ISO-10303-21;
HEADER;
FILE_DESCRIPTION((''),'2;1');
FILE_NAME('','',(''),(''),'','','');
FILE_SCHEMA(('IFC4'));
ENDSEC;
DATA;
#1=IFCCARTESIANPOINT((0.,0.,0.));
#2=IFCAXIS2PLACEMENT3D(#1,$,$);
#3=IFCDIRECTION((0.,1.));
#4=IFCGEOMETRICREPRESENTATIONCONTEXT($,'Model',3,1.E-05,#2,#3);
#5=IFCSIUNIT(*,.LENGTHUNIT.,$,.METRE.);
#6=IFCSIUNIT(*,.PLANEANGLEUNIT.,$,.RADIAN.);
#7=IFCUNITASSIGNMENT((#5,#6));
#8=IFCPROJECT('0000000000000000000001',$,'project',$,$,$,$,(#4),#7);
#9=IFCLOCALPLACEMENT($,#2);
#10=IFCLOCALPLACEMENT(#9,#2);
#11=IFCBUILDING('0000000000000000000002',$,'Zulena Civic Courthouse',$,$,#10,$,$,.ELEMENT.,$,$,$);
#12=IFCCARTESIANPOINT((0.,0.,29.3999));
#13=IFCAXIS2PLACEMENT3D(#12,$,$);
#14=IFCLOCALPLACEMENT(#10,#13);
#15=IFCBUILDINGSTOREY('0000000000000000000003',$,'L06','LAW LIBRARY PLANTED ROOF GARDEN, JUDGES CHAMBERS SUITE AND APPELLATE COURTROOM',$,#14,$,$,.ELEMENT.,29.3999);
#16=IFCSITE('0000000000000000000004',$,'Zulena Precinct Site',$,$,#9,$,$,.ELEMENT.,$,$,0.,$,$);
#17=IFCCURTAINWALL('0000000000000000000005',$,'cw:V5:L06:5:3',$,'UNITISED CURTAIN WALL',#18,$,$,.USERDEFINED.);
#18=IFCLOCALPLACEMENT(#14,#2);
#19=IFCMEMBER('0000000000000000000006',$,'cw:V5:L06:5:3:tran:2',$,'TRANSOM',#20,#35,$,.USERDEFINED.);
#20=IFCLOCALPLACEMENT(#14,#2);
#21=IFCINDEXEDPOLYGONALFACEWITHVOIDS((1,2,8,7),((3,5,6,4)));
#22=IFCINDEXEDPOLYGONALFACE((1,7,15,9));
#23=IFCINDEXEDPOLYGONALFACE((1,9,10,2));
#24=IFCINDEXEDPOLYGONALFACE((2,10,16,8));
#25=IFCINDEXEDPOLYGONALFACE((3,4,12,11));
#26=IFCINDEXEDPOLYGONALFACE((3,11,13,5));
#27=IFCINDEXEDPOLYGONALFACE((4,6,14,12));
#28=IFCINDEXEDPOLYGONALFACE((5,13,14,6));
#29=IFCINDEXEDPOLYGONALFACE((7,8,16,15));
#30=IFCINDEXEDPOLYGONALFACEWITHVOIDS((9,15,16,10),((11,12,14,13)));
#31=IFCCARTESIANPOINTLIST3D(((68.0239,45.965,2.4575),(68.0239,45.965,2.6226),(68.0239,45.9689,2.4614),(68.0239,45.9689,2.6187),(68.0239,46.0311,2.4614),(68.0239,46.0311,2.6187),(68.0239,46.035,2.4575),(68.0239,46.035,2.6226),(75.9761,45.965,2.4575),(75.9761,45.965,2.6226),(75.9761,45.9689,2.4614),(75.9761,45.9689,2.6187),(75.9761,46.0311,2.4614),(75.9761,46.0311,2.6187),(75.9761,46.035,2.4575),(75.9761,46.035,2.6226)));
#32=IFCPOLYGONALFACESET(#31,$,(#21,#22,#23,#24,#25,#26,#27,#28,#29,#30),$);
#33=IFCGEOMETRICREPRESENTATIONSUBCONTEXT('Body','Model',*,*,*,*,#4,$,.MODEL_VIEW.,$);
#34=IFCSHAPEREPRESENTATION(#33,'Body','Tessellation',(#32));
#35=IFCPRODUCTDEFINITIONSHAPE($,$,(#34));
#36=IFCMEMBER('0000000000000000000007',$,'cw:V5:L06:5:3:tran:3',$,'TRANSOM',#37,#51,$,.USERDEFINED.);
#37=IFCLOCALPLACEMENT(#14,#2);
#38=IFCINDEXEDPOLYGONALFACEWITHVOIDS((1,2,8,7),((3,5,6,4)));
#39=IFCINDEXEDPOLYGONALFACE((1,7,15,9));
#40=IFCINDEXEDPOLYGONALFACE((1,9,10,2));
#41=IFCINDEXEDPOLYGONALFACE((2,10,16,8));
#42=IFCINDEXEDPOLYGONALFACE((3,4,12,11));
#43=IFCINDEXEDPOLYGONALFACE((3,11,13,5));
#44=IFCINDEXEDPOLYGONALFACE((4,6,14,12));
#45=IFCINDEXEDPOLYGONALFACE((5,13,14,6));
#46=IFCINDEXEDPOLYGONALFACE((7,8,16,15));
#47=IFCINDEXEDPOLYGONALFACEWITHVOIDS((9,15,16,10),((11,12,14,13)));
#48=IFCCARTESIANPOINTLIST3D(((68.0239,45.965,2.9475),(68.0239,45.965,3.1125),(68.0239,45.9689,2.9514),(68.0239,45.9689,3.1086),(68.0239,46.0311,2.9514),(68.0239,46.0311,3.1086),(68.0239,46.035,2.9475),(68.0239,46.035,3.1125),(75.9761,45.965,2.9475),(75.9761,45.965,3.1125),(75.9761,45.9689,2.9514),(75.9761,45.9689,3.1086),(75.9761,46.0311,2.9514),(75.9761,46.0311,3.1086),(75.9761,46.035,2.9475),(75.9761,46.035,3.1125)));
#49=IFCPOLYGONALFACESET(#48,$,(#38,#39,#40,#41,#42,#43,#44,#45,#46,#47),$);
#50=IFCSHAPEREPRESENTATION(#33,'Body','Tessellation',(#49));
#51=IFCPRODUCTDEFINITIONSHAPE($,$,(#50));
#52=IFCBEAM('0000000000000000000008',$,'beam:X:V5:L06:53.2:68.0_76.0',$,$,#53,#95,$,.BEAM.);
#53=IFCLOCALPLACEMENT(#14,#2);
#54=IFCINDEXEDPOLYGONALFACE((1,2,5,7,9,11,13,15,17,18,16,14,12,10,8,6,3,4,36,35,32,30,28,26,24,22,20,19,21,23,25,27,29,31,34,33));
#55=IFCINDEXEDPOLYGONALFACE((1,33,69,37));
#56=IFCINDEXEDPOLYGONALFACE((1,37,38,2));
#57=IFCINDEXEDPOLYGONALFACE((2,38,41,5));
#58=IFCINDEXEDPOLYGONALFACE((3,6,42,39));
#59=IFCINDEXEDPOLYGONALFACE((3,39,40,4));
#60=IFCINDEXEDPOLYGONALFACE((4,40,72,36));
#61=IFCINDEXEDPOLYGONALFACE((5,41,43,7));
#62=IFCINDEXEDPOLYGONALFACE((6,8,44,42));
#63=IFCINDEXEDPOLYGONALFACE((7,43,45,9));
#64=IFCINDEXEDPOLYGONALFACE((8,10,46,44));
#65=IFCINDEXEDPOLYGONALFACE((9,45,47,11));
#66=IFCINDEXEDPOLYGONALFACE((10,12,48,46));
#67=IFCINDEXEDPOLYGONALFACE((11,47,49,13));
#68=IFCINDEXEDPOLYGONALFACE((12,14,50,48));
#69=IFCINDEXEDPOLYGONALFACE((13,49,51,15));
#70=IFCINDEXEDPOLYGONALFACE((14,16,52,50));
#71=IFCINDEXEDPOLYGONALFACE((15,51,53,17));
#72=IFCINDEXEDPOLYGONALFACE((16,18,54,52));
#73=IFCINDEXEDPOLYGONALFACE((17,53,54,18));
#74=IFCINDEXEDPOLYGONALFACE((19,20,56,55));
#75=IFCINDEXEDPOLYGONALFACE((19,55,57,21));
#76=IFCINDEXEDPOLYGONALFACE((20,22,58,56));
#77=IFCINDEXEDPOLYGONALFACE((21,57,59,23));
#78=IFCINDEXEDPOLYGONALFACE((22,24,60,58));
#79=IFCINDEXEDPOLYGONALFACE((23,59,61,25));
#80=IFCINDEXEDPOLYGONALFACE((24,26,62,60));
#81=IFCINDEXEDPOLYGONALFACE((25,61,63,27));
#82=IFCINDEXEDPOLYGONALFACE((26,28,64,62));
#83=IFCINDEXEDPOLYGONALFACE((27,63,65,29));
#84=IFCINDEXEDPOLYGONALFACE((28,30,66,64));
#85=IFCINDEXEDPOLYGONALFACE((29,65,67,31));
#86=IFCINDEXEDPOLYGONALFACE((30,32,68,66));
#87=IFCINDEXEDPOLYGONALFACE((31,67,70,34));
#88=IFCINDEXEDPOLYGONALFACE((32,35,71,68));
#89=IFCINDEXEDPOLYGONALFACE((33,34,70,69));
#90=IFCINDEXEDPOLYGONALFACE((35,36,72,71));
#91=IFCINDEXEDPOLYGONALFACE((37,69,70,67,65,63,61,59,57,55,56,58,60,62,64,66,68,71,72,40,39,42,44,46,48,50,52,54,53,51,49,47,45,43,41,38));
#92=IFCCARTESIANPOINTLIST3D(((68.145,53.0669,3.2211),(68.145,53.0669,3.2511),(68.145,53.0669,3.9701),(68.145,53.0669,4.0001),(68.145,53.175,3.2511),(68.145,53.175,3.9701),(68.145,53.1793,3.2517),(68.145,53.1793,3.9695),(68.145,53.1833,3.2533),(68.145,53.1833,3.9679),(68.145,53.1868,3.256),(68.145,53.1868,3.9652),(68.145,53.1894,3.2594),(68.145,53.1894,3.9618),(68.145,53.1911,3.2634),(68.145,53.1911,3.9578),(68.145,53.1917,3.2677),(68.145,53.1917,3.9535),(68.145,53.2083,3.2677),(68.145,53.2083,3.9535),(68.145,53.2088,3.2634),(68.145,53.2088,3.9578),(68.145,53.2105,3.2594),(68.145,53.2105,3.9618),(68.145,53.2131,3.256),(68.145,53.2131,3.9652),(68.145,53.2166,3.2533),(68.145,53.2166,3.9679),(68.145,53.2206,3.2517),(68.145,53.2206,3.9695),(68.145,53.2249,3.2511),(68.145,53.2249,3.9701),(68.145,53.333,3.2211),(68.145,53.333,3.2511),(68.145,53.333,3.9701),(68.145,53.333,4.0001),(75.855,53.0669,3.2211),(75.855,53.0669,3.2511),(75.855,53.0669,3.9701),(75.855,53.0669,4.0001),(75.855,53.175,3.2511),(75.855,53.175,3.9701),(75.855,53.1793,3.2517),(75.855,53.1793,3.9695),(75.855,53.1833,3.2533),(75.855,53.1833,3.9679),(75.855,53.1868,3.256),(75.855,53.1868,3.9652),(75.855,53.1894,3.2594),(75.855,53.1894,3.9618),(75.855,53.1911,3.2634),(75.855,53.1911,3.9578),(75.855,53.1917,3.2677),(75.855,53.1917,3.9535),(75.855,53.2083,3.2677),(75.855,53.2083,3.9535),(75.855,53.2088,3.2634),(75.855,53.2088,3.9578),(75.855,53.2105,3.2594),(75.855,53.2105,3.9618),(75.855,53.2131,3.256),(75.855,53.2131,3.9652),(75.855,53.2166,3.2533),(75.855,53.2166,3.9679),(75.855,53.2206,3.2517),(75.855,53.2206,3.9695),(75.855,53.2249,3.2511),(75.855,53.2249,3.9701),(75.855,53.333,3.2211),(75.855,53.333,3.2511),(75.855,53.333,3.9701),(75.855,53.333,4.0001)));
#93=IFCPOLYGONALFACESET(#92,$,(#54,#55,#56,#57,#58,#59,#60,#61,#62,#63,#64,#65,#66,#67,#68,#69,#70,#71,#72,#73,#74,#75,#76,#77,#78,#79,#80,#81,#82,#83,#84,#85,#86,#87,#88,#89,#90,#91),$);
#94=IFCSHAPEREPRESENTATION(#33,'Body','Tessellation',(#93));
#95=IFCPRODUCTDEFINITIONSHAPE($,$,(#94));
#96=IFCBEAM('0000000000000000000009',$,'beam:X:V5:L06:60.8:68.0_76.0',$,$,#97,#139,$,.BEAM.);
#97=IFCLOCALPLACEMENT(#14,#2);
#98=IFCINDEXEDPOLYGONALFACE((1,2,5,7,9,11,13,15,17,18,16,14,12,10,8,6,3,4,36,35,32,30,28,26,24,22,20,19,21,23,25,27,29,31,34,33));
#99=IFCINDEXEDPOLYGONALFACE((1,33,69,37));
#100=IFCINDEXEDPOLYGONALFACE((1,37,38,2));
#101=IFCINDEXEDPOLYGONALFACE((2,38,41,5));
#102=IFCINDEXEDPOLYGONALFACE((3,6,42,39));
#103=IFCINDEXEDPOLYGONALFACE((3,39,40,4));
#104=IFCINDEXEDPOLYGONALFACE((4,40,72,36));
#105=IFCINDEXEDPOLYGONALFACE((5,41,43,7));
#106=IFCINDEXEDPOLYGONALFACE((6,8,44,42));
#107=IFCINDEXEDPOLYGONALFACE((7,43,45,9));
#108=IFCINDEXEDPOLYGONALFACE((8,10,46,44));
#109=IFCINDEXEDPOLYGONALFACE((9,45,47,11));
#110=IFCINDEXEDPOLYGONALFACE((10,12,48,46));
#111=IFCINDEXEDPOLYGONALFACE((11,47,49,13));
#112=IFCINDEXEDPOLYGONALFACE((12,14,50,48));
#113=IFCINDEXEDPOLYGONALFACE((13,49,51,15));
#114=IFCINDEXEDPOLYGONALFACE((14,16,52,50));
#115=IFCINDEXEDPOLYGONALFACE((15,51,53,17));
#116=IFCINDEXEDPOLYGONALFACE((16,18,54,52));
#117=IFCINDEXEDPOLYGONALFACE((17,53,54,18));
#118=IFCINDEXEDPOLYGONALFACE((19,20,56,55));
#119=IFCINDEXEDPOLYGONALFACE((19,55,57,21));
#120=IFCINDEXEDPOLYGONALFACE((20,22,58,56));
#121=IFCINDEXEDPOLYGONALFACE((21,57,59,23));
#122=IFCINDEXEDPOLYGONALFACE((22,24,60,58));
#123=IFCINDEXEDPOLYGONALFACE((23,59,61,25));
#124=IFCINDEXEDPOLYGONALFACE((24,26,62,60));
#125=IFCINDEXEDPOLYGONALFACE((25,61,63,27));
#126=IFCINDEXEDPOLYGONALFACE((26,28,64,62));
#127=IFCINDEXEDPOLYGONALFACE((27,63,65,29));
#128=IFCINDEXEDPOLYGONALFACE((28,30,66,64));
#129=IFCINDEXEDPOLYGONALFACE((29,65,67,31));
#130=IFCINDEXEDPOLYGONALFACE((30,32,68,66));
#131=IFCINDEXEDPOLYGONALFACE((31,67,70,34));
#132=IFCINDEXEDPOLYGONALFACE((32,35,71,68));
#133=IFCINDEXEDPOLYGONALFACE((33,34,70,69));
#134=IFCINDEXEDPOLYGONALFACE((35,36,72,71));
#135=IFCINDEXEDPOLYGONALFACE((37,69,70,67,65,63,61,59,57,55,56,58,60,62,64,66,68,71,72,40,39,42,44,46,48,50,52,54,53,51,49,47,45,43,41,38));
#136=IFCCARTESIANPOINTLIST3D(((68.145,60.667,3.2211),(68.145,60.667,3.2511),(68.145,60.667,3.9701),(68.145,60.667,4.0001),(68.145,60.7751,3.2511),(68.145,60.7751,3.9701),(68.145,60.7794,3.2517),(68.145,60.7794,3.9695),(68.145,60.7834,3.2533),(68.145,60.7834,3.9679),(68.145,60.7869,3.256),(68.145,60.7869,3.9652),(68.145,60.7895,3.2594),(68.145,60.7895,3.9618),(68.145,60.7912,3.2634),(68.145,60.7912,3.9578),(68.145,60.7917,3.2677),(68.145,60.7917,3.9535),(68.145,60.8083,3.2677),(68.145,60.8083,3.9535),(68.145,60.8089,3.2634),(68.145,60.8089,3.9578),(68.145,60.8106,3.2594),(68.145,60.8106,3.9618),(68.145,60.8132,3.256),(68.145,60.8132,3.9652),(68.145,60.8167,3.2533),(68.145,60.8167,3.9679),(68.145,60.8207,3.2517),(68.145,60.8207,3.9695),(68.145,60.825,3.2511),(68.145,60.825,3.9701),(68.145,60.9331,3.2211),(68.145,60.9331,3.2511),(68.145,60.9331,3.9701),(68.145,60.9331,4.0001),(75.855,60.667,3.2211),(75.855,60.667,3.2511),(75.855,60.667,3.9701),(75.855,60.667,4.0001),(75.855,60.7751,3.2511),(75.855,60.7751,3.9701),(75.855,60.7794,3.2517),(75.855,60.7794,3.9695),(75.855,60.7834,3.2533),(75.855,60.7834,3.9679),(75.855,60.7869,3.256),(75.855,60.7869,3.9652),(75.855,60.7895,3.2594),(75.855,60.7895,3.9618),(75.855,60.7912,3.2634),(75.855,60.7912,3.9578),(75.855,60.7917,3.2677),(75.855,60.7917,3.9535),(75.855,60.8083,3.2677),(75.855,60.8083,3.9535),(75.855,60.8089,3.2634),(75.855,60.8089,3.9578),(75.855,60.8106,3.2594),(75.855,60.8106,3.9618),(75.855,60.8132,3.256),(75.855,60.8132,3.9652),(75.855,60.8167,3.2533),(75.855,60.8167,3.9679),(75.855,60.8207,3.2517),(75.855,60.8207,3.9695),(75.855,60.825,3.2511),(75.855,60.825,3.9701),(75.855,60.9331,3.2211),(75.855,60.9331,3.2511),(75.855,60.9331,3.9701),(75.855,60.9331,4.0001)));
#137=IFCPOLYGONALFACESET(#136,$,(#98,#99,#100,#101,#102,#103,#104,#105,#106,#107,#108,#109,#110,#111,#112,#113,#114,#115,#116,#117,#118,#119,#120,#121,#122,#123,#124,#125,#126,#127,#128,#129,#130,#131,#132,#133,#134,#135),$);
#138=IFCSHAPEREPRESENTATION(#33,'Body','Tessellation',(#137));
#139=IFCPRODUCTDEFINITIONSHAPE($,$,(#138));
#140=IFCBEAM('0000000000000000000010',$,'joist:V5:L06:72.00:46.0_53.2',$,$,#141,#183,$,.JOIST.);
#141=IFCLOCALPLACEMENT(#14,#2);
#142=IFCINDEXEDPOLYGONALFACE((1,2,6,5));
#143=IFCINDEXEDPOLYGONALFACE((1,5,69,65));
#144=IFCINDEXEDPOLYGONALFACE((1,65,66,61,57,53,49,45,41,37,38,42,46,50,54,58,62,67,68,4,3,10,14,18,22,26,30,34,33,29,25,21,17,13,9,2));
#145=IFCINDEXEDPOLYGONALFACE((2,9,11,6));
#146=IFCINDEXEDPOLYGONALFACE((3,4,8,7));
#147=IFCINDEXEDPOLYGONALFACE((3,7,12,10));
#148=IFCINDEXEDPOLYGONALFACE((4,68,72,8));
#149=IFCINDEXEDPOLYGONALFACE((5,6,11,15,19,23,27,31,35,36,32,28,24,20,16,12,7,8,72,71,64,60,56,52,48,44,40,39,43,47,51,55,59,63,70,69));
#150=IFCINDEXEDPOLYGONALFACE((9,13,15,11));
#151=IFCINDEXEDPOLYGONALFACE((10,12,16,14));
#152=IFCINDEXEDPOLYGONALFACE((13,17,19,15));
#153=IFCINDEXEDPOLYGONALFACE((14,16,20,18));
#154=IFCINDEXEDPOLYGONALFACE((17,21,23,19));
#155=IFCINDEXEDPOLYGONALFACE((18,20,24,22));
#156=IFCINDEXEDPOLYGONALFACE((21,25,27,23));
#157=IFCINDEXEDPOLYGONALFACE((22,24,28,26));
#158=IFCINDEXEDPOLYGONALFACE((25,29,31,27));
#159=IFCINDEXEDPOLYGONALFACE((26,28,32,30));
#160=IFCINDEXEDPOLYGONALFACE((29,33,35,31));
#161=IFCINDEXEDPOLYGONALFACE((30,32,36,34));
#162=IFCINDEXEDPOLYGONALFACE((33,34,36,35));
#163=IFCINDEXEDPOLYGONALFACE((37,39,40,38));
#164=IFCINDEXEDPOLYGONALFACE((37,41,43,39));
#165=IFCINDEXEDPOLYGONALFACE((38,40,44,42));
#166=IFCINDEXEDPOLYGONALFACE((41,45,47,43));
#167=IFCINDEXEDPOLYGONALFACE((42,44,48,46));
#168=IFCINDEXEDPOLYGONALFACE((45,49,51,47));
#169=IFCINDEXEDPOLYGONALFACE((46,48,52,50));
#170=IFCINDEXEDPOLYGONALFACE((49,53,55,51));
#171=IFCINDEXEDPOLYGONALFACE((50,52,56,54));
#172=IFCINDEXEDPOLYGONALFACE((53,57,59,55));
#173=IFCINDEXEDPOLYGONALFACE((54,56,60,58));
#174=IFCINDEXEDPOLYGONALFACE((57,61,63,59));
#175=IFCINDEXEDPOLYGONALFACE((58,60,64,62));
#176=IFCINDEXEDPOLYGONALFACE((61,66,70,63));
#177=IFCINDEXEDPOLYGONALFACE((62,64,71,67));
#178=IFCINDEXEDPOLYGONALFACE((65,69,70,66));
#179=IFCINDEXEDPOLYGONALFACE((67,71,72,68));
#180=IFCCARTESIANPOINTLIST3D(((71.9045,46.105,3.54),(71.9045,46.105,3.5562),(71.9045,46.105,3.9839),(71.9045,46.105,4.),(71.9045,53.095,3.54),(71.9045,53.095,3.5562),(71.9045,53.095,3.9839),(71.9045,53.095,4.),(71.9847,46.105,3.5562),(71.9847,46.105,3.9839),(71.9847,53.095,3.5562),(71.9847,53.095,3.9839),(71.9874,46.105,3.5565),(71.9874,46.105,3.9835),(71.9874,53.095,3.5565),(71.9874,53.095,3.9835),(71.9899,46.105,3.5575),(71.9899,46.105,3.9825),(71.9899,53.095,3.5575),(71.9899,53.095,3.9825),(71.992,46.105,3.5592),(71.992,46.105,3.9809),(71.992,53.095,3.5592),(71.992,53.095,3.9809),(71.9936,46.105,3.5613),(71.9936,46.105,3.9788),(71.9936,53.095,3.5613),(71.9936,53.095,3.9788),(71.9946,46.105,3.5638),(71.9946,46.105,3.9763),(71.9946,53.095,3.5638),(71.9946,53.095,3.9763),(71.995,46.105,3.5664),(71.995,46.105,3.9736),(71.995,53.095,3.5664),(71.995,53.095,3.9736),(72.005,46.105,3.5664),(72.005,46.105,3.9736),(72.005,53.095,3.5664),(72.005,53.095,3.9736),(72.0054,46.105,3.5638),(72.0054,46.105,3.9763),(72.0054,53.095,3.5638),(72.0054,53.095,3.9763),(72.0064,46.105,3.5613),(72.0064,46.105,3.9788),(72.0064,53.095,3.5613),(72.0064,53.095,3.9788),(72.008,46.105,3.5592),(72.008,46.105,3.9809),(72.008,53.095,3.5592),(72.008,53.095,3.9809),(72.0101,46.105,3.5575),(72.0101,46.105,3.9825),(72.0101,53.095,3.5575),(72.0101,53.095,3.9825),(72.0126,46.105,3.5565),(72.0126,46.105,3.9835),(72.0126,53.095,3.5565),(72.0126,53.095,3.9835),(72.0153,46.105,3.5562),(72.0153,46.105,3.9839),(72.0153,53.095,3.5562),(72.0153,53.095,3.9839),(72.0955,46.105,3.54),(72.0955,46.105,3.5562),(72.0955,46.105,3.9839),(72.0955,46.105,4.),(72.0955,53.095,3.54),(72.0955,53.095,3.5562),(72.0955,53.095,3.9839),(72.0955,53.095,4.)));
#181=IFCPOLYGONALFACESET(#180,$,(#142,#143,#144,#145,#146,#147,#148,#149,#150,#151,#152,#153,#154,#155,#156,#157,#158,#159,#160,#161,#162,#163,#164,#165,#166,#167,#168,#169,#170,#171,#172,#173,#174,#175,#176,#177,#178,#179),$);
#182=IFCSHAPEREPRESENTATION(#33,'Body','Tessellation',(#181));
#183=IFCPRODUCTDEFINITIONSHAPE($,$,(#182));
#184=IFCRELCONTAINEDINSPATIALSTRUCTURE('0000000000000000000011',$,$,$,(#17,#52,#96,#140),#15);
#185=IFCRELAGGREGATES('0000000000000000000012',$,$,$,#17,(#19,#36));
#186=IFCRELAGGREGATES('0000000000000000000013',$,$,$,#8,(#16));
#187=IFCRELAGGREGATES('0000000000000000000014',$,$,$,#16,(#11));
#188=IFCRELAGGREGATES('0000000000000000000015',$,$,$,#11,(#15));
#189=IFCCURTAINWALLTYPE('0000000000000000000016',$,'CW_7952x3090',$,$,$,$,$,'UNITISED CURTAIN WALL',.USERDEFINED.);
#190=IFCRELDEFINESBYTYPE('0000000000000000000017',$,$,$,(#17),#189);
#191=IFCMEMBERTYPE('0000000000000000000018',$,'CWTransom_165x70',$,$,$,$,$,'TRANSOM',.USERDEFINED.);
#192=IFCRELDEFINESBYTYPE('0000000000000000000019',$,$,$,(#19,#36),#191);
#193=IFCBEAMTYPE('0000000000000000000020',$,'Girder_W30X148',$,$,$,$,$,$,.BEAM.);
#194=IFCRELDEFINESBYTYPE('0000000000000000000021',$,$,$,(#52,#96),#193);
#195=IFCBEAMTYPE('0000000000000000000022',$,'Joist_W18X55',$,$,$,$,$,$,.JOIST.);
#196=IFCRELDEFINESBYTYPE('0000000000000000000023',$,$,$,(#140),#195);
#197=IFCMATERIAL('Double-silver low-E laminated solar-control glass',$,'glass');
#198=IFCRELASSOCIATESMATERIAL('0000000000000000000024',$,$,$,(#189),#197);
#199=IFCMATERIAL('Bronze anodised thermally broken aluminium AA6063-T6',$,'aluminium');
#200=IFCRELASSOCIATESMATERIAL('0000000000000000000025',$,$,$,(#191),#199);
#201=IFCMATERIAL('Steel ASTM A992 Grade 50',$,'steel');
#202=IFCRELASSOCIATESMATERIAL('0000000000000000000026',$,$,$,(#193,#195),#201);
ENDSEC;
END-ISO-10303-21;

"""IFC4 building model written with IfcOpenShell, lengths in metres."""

from ifc_helpers import new_model, si_unit, direction, frame, origin, origin_2d, place, context, subcontext, project, spatial, hollow_rectangle, i_section, extrude, material, material_profile, profile_set, type_object, element, aggregate, save


model = new_model("IFC4")

# Units and contexts
model_context = context("Model", 3, precision=1e-05, world=origin(), true_north=direction((0.0, 1.0)))
body_context = subcontext(model_context, "Body", "Model", "MODEL_VIEW")
ifc_project = project(units=[si_unit("LENGTHUNIT", "METRE"), si_unit("PLANEANGLEUNIT", "RADIAN")], contexts=[model_context])

# Site, building, storey
site_placement = place(None, origin())
site = spatial("IfcSite", under=ifc_project, at=site_placement, Name="Zulena Precinct Site", CompositionType="ELEMENT", RefElevation=0.0)
building_placement = place(site_placement, origin())
building = spatial("IfcBuilding", under=site, at=building_placement, Name="Zulena Civic Courthouse", CompositionType="ELEMENT")
storey_placement = place(building_placement, frame((0.0, 0.0, 29.3999)))
storey = spatial("IfcBuildingStorey", under=building, at=storey_placement, Name="L06", Description="LAW LIBRARY PLANTED ROOF GARDEN, JUDGES CHAMBERS SUITE AND APPELLATE COURTROOM", CompositionType="ELEMENT", Elevation=29.3999)

# Shared definitions
ifc_material_1 = material(Name="Steel ASTM A992 Grade 50", Category="steel")

# Curtain wall, members
ifc_material_2 = material(Name="Double-silver low-E laminated solar-control glass", Category="glass")
curtain_wall_type = type_object("IfcCurtainWallType", Name="CW_7952x3090", ElementType="UNITISED CURTAIN WALL", PredefinedType="USERDEFINED", material=ifc_material_2)
curtain_wall_placement = place(storey_placement, origin())
curtain_wall = element("IfcCurtainWall", 1, at=curtain_wall_placement, inside=storey, type_object=curtain_wall_type, Name="cw:V5:L06:5:3", ObjectType="UNITISED CURTAIN WALL", PredefinedType="USERDEFINED")
ifc_material_3 = material(Name="Bronze anodised thermally broken aluminium AA6063-T6", Category="aluminium")
ifc_material_profile_1 = material_profile(ifc_material_3, hollow_rectangle(XDim=0.0701, YDim=0.165, WallThickness=0.0039, at=origin_2d()), Name="CWT165X70X4")
ifc_profile_set_1 = profile_set([ifc_material_profile_1], Name="Bronze anodised thermally broken aluminium AA6063-T6")
member_type_1 = type_object("IfcMemberType", Name="CWTransom_165x70", ElementType="TRANSOM", PredefinedType="USERDEFINED", material=ifc_profile_set_1)
member_1_placement = place(storey_placement, frame((75.9761, 46.0, 2.54), z_axis=(-1.0, 0.0, 0.0), x_axis=(0.0, -1.0, 0.0)))
member_1 = element("IfcMember", 2, at=member_1_placement, type_object=member_type_1, Name="cw:V5:L06:5:3:tran:2", ObjectType="TRANSOM", PredefinedType="USERDEFINED", context=body_context, shape_type="SweptSolid", body=[
    extrude(hollow_rectangle(XDim=0.0701, YDim=0.165, WallThickness=0.0039, at=origin_2d()), origin(), (0.0, 0.0, 1.0), 7.9521),
])
member_2_placement = place(storey_placement, frame((75.9761, 46.0, 3.03), z_axis=(-1.0, 0.0, 0.0), x_axis=(0.0, -1.0, 0.0)))
member_2 = element("IfcMember", 3, at=member_2_placement, type_object=member_type_1, Name="cw:V5:L06:5:3:tran:3", ObjectType="TRANSOM", PredefinedType="USERDEFINED", context=body_context, shape_type="SweptSolid", body=[
    extrude(hollow_rectangle(XDim=0.0701, YDim=0.165, WallThickness=0.0039, at=origin_2d()), origin(), (0.0, 0.0, 1.0), 7.9521),
])

# Beams
ifc_material_profile_2 = material_profile(ifc_material_1, i_section(OverallWidth=0.2661, OverallDepth=0.7791, WebThickness=0.0166, FlangeThickness=0.03, FilletRadius=0.0166, at=origin_2d()), Name="W30X148")
ifc_profile_set_2 = profile_set([ifc_material_profile_2], Name="Steel ASTM A992 Grade 50")
beam_type_1 = type_object("IfcBeamType", Name="Girder_W30X148", PredefinedType="BEAM", material=ifc_profile_set_2)
for number, where, z_axis, x_axis, name in (
    (4, (68.145, 53.2, 3.6106), (1.0, 0.0, 0.0), (0.0, 1.0, 0.0), "beam:X:V5:L06:53.2:68.0_76.0"),
    (5, (68.145, 60.8, 3.6106), (1.0, 0.0, 0.0), (0.0, 1.0, 0.0), "beam:X:V5:L06:60.8:68.0_76.0"),
):
    element("IfcBeam", number, at=place(storey_placement, frame(where, z_axis=z_axis, x_axis=x_axis)), inside=storey, type_object=beam_type_1, Name=name, PredefinedType="BEAM", context=body_context, shape_type="SweptSolid", body=[
        extrude(i_section(OverallWidth=0.2661, OverallDepth=0.7791, WebThickness=0.0166, FlangeThickness=0.03, FilletRadius=0.0166, at=origin_2d()), origin(), (0.0, 0.0, 1.0), 7.71),
    ])
ifc_material_profile_3 = material_profile(ifc_material_1, i_section(OverallWidth=0.1909, OverallDepth=0.46, WebThickness=0.01, FlangeThickness=0.0161, FilletRadius=0.0103, at=origin_2d()), Name="W18X55")
ifc_profile_set_3 = profile_set([ifc_material_profile_3], Name="Steel ASTM A992 Grade 50")
beam_type_2 = type_object("IfcBeamType", Name="Joist_W18X55", PredefinedType="JOIST", material=ifc_profile_set_3)
beam_1_placement = place(storey_placement, frame((72.0, 46.105, 3.77), z_axis=(0.0, 1.0, 0.0), x_axis=(-1.0, 0.0, 0.0)))
element("IfcBeam", 6, at=beam_1_placement, inside=storey, type_object=beam_type_2, Name="joist:V5:L06:72.00:46.0_53.2", PredefinedType="JOIST", context=body_context, shape_type="SweptSolid", body=[
    extrude(i_section(OverallWidth=0.1909, OverallDepth=0.46, WebThickness=0.01, FlangeThickness=0.0161, FilletRadius=0.0103, at=origin_2d()), origin(), (0.0, 0.0, 1.0), 6.99),
])

aggregate(curtain_wall, [member_1, member_2])

save(model, "model.ifc")
